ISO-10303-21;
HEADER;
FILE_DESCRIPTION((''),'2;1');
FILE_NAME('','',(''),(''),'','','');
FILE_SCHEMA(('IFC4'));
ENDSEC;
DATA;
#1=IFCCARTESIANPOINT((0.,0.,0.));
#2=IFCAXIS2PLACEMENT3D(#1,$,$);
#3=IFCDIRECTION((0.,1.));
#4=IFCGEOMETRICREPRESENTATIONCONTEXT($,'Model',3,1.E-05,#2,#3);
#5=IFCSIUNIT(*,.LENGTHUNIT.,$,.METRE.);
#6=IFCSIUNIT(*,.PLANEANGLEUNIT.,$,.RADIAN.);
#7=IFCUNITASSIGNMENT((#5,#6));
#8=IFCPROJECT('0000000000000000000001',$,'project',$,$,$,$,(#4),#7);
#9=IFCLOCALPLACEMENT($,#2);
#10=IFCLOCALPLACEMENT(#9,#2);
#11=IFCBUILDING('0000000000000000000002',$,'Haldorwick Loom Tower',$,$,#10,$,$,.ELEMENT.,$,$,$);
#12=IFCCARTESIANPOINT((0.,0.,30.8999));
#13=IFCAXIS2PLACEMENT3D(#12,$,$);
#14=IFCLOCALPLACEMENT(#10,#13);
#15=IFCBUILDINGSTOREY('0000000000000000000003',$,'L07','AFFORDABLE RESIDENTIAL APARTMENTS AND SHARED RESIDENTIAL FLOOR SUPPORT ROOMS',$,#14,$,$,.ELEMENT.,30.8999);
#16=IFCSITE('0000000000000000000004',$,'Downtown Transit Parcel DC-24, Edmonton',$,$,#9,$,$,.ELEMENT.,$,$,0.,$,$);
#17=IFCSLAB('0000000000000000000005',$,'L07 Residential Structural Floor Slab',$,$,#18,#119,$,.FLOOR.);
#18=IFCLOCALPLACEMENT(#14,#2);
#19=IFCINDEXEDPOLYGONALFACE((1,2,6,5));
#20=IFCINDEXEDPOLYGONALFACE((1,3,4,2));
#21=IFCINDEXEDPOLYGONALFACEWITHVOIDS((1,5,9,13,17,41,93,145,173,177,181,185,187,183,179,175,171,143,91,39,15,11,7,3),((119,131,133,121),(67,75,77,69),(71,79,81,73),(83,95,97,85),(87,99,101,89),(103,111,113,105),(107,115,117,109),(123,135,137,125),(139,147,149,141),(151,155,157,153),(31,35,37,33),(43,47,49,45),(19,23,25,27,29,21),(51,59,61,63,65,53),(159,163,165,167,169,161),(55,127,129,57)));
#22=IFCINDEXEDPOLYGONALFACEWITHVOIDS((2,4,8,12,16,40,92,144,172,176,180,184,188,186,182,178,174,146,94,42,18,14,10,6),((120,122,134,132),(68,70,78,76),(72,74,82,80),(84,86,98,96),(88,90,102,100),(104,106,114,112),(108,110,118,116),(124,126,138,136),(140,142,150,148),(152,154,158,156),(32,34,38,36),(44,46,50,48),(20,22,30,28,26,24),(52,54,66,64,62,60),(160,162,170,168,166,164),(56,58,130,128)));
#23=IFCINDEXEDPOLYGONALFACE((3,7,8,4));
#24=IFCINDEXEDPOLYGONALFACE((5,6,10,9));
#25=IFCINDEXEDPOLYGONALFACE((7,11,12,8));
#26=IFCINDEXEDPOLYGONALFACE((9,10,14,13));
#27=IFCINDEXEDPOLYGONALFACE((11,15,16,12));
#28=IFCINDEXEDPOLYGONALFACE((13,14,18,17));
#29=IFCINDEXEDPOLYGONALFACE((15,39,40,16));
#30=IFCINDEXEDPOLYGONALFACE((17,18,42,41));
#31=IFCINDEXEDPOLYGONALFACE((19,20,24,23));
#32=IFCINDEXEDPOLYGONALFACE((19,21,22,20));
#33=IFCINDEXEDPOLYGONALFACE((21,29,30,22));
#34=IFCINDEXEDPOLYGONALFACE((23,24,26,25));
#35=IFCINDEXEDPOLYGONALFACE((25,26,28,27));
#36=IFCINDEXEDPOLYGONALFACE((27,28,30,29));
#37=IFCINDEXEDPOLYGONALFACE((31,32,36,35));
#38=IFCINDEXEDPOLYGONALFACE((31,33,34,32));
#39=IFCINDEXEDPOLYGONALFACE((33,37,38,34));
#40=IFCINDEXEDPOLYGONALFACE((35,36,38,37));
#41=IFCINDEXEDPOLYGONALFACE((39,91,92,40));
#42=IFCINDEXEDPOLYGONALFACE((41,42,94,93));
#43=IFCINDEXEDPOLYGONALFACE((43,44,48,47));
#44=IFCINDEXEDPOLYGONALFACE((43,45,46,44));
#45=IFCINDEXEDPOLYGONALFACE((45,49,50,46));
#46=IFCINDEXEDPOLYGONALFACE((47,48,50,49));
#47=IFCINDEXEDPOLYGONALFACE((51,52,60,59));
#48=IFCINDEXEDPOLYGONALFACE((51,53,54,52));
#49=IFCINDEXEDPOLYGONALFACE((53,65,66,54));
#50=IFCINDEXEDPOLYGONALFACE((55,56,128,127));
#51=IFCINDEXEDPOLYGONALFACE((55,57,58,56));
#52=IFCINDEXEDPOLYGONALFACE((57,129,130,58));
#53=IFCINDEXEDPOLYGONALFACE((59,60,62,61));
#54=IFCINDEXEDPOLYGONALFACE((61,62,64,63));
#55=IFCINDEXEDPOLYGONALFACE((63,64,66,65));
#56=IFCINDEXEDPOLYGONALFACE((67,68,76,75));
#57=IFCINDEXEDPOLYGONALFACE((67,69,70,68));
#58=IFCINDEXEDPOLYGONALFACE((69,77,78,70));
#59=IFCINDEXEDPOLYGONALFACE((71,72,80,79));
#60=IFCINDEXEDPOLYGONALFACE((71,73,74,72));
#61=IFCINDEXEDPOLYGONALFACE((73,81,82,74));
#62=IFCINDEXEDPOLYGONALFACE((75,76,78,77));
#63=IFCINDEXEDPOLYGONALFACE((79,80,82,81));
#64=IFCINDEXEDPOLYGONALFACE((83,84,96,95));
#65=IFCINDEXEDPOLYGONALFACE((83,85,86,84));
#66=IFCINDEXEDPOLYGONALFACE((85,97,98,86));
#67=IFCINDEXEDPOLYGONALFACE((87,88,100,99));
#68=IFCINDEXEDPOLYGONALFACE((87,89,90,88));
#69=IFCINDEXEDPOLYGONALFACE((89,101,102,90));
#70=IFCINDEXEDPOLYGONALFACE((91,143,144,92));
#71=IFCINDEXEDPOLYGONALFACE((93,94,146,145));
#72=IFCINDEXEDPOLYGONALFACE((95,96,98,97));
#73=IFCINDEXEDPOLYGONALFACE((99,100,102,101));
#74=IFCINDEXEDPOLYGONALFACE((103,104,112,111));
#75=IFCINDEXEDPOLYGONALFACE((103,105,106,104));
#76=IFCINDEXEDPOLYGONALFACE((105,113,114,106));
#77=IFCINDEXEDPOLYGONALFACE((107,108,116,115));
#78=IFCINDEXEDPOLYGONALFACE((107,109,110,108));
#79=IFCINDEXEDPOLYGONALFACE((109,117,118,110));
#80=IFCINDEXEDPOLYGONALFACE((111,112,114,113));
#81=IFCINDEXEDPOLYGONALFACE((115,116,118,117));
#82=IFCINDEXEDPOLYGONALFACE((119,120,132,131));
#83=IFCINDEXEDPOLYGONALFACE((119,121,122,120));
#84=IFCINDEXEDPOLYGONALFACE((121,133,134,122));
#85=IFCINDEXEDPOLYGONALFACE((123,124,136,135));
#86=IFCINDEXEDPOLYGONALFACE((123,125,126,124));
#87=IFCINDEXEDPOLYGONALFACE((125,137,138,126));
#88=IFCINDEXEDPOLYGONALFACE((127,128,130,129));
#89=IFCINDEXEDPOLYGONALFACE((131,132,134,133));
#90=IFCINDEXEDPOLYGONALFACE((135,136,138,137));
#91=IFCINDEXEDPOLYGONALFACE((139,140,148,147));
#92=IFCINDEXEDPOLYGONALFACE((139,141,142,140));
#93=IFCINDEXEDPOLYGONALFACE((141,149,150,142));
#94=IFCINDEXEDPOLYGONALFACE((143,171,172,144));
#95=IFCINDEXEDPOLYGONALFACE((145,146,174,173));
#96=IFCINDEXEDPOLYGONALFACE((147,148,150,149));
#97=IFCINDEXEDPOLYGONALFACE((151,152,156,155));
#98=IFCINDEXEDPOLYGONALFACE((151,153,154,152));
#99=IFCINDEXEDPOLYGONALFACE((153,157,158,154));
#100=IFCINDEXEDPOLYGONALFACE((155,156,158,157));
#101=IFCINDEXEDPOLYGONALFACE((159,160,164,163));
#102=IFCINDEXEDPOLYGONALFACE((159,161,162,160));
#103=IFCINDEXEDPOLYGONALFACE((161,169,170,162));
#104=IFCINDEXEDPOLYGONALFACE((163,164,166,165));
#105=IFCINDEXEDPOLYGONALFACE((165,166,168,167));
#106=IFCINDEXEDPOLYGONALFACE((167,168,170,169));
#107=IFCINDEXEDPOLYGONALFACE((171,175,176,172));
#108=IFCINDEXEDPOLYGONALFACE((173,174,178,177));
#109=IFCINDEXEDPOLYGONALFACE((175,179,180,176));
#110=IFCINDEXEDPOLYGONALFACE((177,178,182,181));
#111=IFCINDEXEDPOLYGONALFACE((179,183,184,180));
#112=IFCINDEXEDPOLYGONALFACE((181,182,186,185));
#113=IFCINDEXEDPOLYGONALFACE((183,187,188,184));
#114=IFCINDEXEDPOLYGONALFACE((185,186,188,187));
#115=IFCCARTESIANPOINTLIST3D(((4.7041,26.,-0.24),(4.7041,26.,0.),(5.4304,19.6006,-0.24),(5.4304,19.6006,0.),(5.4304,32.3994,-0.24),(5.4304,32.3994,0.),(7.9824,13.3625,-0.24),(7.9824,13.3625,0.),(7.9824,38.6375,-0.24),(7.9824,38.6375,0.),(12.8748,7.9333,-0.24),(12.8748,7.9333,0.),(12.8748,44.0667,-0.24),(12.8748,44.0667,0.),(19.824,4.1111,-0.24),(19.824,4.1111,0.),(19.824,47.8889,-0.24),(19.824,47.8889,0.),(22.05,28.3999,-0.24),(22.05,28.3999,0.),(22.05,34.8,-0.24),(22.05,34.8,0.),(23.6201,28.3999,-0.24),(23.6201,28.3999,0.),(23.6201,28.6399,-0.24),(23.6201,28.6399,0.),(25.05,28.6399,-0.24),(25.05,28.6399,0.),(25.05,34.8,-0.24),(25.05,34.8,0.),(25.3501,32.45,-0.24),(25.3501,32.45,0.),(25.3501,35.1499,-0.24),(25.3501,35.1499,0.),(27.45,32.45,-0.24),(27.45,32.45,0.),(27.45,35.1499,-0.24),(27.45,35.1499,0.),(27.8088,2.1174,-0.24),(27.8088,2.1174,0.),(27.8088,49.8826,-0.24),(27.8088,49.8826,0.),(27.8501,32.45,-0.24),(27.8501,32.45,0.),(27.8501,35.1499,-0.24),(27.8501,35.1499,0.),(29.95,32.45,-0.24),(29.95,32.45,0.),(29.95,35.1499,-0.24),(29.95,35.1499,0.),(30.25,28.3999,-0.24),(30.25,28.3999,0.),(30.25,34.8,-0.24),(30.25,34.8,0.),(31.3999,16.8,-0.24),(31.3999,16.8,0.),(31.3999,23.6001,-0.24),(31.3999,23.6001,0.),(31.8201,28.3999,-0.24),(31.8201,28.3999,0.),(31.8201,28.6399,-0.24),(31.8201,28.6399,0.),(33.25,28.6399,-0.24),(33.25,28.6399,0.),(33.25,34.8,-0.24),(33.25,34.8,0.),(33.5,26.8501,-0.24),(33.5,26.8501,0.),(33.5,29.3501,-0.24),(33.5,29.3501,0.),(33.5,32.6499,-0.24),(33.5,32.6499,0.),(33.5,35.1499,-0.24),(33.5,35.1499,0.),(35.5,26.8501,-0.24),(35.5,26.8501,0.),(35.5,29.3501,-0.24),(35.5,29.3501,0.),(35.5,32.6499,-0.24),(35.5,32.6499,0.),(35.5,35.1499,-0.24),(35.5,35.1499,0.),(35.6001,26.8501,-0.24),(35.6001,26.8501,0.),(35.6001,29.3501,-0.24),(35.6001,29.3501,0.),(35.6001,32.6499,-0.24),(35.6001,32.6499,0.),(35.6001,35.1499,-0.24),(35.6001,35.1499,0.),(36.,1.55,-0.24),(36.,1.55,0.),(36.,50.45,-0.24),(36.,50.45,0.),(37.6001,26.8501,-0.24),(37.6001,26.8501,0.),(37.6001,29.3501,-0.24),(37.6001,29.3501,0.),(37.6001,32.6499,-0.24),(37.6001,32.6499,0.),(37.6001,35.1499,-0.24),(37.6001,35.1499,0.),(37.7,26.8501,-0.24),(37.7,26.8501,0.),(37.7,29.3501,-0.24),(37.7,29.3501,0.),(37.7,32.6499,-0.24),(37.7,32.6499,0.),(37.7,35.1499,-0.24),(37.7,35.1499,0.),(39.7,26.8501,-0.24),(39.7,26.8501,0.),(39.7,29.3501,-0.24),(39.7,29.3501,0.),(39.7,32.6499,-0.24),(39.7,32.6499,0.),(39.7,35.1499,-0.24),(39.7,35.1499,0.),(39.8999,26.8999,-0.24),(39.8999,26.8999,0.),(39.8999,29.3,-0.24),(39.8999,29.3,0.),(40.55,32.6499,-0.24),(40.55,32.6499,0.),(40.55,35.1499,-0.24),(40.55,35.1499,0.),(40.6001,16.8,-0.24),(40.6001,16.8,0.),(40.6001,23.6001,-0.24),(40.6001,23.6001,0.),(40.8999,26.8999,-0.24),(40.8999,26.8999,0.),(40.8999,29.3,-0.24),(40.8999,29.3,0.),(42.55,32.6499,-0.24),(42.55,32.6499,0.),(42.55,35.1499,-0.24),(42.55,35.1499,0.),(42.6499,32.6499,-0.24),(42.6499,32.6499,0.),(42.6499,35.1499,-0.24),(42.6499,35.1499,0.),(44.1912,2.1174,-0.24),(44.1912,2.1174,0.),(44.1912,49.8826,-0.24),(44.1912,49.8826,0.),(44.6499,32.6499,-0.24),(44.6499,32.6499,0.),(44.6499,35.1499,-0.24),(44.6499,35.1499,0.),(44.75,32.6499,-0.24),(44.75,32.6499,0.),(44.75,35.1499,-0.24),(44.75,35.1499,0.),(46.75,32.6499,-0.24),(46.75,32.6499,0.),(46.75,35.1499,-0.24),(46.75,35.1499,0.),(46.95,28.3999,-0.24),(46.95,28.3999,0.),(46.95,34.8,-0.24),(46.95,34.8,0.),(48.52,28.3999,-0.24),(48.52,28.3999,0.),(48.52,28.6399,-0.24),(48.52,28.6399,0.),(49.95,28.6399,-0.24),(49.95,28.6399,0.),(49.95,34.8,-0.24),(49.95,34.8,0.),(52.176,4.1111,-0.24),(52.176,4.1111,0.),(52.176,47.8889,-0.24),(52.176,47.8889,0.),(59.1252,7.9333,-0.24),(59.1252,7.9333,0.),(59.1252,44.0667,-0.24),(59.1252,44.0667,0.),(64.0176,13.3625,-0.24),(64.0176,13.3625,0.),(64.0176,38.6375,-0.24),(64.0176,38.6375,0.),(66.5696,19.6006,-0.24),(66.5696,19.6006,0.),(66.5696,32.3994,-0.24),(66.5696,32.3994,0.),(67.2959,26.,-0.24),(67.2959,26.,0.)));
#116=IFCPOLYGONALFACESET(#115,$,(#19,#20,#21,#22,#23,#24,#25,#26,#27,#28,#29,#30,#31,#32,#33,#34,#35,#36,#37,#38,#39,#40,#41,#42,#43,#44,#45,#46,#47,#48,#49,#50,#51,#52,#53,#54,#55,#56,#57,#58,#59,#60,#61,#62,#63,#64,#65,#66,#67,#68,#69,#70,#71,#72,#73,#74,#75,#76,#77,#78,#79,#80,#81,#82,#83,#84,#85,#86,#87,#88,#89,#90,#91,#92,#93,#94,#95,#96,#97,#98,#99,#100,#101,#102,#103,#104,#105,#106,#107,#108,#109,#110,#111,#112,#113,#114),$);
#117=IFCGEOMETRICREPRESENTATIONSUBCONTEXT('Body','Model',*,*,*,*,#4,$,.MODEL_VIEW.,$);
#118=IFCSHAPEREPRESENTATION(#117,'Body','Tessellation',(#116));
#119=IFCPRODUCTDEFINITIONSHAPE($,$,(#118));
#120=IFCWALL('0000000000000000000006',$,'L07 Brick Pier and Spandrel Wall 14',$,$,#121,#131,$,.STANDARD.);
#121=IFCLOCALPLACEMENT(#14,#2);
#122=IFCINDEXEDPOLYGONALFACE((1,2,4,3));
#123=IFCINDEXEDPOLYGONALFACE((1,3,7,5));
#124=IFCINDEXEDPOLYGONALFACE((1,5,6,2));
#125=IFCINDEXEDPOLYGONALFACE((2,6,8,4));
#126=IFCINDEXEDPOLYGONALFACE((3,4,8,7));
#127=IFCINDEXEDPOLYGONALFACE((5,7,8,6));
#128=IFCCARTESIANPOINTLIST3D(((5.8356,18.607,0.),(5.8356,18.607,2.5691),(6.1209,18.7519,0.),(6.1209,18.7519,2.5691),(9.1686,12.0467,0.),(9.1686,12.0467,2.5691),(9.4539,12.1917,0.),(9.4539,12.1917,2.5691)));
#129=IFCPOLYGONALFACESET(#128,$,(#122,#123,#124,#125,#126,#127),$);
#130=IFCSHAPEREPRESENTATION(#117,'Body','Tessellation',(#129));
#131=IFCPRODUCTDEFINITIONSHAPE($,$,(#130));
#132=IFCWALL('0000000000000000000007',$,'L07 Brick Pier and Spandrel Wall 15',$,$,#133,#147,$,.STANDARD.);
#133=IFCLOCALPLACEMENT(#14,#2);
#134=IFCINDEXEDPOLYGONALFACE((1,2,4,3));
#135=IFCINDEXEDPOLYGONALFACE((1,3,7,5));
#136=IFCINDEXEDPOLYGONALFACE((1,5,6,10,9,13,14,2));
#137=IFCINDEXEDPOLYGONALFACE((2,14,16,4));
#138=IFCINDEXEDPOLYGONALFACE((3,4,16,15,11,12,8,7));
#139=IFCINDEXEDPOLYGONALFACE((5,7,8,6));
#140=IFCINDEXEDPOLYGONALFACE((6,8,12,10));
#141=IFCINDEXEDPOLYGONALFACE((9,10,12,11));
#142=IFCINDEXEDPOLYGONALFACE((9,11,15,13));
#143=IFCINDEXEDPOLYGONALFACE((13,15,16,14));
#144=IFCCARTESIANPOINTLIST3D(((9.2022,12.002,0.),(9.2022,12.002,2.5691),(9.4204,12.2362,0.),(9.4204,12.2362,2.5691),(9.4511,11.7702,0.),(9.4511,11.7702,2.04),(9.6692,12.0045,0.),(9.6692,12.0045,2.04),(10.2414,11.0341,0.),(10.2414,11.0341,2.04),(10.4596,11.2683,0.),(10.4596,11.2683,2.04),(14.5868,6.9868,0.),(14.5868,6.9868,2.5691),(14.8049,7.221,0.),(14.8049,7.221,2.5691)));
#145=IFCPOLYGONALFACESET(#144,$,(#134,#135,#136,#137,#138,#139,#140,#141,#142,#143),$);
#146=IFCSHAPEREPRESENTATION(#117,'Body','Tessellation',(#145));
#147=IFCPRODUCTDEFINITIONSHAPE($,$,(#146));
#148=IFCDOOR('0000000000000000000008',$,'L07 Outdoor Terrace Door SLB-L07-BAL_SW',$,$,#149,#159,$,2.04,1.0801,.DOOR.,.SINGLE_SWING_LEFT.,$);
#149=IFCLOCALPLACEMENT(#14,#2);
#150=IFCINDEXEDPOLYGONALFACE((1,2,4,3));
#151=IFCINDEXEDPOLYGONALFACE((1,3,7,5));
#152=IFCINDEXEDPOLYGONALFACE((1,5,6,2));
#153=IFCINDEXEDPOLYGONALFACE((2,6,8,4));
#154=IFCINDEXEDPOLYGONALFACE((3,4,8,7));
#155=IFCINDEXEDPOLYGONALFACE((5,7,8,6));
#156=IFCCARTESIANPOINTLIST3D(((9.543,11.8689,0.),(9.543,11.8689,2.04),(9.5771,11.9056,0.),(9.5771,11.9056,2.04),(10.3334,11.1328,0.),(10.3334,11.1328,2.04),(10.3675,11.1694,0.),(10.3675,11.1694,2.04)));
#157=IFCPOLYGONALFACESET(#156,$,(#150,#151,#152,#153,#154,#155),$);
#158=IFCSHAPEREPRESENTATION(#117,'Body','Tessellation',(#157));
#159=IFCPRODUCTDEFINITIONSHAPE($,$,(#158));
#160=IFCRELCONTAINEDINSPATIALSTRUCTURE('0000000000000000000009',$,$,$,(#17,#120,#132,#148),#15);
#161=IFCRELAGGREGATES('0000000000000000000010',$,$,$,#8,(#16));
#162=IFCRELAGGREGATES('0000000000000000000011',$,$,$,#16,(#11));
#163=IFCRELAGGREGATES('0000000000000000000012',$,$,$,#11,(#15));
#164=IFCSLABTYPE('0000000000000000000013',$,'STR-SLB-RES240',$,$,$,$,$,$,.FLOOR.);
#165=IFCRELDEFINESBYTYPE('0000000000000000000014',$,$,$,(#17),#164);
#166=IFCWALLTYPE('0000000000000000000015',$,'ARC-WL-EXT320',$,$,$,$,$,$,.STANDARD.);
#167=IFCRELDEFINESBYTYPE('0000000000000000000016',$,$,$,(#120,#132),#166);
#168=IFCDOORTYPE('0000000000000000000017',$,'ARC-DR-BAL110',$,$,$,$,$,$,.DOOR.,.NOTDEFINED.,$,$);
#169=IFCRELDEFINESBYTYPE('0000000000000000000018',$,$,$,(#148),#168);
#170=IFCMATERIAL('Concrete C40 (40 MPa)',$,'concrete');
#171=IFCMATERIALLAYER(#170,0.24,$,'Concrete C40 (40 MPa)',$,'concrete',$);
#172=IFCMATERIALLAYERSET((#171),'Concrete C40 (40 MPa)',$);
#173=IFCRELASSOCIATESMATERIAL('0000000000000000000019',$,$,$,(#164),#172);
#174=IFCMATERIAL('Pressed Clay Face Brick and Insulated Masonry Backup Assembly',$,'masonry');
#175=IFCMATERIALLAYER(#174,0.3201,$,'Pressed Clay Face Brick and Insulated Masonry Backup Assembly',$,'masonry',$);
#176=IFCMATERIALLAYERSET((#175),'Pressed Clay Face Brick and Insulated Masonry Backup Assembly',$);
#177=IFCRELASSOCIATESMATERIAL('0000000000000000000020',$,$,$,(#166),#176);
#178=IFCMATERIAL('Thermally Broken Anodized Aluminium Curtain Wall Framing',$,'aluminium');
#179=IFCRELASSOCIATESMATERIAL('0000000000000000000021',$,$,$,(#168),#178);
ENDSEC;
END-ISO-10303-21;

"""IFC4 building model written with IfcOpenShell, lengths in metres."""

from ifc_helpers import new_model, si_unit, direction, frame, frame_2d, origin, place, context, subcontext, project, spatial, polyline, rectangle, outline, extrude, material, layer, layer_set, type_object, element, fill, save


model = new_model("IFC4")

# Units and contexts
model_context = context("Model", 3, precision=1e-05, world=origin(), true_north=direction((0.0, 1.0)))
body_context = subcontext(model_context, "Body", "Model", "MODEL_VIEW")
ifc_project = project(units=[si_unit("LENGTHUNIT", "METRE"), si_unit("PLANEANGLEUNIT", "RADIAN")], contexts=[model_context])

# Site, building, storey
site_placement = place(None, origin())
site = spatial("IfcSite", under=ifc_project, at=site_placement, Name="Downtown Transit Parcel DC-24, Edmonton", CompositionType="ELEMENT", RefElevation=0.0)
building_placement = place(site_placement, origin())
building = spatial("IfcBuilding", under=site, at=building_placement, Name="Haldorwick Loom Tower", CompositionType="ELEMENT")
storey_placement = place(building_placement, frame((0.0, 0.0, 30.8999)))
storey = spatial("IfcBuildingStorey", under=building, at=storey_placement, Name="L07", Description="AFFORDABLE RESIDENTIAL APARTMENTS AND SHARED RESIDENTIAL FLOOR SUPPORT ROOMS", CompositionType="ELEMENT", Elevation=30.8999)

# Shared definitions
ifc_material_1 = material(Name="Concrete C40 (40 MPa)", Category="concrete")

# Slab
ifc_layer_1 = layer(ifc_material_1, 0.24, Name="Concrete C40 (40 MPa)", Category="concrete")
ifc_layer_set_1 = layer_set([ifc_layer_1], Name="Concrete C40 (40 MPa)")
slab_type_1 = type_object("IfcSlabType", Name="STR-SLB-RES240", PredefinedType="FLOOR", material=ifc_layer_set_1)
slab_1_placement = place(storey_placement, frame((0.0, 0.0, -0.24)))
element("IfcSlab", 1, at=slab_1_placement, inside=storey, type_object=slab_type_1, Name="L07 Residential Structural Floor Slab", PredefinedType="FLOOR", context=body_context, shape_type="SweptSolid", body=[
    extrude(outline(polyline([(59.1252, 7.9333), (64.0176, 13.3625), (66.5696, 19.6006), (67.2959, 26.0), (66.5696, 32.3994), (64.0176, 38.6375), (59.1252, 44.0667), (52.176, 47.8889), (44.1912, 49.8826), (36.0, 50.45), (27.8088, 49.8826), (19.824, 47.8889), (12.8748, 44.0667), (7.9824, 38.6375), (5.4304, 32.3994), (4.7041, 26.0), (5.4304, 19.6006), (7.9824, 13.3625), (12.8748, 7.9333), (19.824, 4.1111), (27.8088, 2.1174), (36.0, 1.55), (44.1912, 2.1174), (52.176, 4.1111), (59.1252, 7.9333)]), holes=[polyline([(31.3999, 23.6001), (40.6001, 23.6001), (40.6001, 16.8), (31.3999, 16.8), (31.3999, 23.6001)]), polyline([(33.5, 26.8501), (33.5, 29.3501), (35.5, 29.3501), (35.5, 26.8501), (33.5, 26.8501)]), polyline([(22.05, 28.3999), (22.05, 34.8), (25.05, 34.8), (25.05, 28.6399), (23.6201, 28.6399), (23.6201, 28.3999), (22.05, 28.3999)]), polyline([(30.25, 28.3999), (30.25, 34.8), (33.25, 34.8), (33.25, 28.6399), (31.8201, 28.6399), (31.8201, 28.3999), (30.25, 28.3999)]), polyline([(25.3501, 32.45), (25.3501, 35.1499), (27.45, 35.1499), (27.45, 32.45), (25.3501, 32.45)]), polyline([(27.8501, 32.45), (27.8501, 35.1499), (29.95, 35.1499), (29.95, 32.45), (27.8501, 32.45)]), polyline([(33.5, 32.6499), (33.5, 35.1499), (35.5, 35.1499), (35.5, 32.6499), (33.5, 32.6499)]), polyline([(35.6001, 32.6499), (35.6001, 35.1499), (37.6001, 35.1499), (37.6001, 32.6499), (35.6001, 32.6499)]), polyline([(35.6001, 26.8501), (35.6001, 29.3501), (37.6001, 29.3501), (37.6001, 26.8501), (35.6001, 26.8501)]), polyline([(37.7, 26.8501), (37.7, 29.3501), (39.7, 29.3501), (39.7, 26.8501), (37.7, 26.8501)]), polyline([(39.8999, 26.8999), (39.8999, 29.3), (40.8999, 29.3), (40.8999, 26.8999), (39.8999, 26.8999)]), polyline([(46.95, 28.3999), (46.95, 34.8), (49.95, 34.8), (49.95, 28.6399), (48.52, 28.6399), (48.52, 28.3999), (46.95, 28.3999)]), polyline([(37.7, 32.6499), (37.7, 35.1499), (39.7, 35.1499), (39.7, 32.6499), (37.7, 32.6499)]), polyline([(40.55, 32.6499), (40.55, 35.1499), (42.55, 35.1499), (42.55, 32.6499), (40.55, 32.6499)]), polyline([(42.6499, 32.6499), (42.6499, 35.1499), (44.6499, 35.1499), (44.6499, 32.6499), (42.6499, 32.6499)]), polyline([(44.75, 32.6499), (44.75, 35.1499), (46.75, 35.1499), (46.75, 32.6499), (44.75, 32.6499)])]), origin(), (0.0, 0.0, 1.0), 0.24),
])

# Wall
ifc_material_2 = material(Name="Pressed Clay Face Brick and Insulated Masonry Backup Assembly", Category="masonry")
ifc_layer_2 = layer(ifc_material_2, 0.3201, Name="Pressed Clay Face Brick and Insulated Masonry Backup Assembly", Category="masonry")
ifc_layer_set_2 = layer_set([ifc_layer_2], Name="Pressed Clay Face Brick and Insulated Masonry Backup Assembly")
wall_type_1 = type_object("IfcWallType", Name="ARC-WL-EXT320", PredefinedType="STANDARD", material=ifc_layer_set_2)
wall_1_placement = place(storey_placement, frame((5.9783, 18.6794, 0.0), z_axis=(0.0, 0.0, 1.0), x_axis=(0.452951, -0.891535, 0.0)))
element("IfcWall", 2, at=wall_1_placement, inside=storey, type_object=wall_type_1, Name="L07 Brick Pier and Spandrel Wall 14", PredefinedType="STANDARD", context=body_context, shape_type="SweptSolid", body=[
    extrude(rectangle(XDim=7.3584, YDim=0.3201, at=frame_2d((3.6792, 0.0))), origin(), (0.0, 0.0, 1.0), 2.5691),
])

# Wall, opening, door
wall_2_placement = place(storey_placement, frame((9.3113, 12.1191, 0.0), z_axis=(0.0, 0.0, 1.0), x_axis=(0.731761, -0.681561, 0.0)))
wall_2 = element("IfcWall", 3, at=wall_2_placement, inside=storey, type_object=wall_type_1, Name="L07 Brick Pier and Spandrel Wall 15", PredefinedType="STANDARD", context=body_context, shape_type="SweptSolid", body=[
    extrude(rectangle(XDim=7.3584, YDim=0.3201, at=frame_2d((3.6792, 0.0))), origin(), (0.0, 0.0, 1.0), 2.5691),
])
opening_1_placement = place(wall_2_placement, frame((0.3401, 0.0, 0.0)))
opening_1 = element("IfcOpeningElement", 4, at=opening_1_placement, cuts=wall_2, PredefinedType="OPENING", context=body_context, shape_type="SweptSolid", body=[
    extrude(rectangle(XDim=1.0801, YDim=2.04, at=frame_2d((0.54, 1.02))), frame((0.0, 0.1699, 0.0), z_axis=(0.0, -1.0, 0.0), x_axis=(1.0, 0.0, 0.0)), (0.0, 0.0, 1.0), 0.3401),
])
ifc_material_3 = material(Name="Thermally Broken Anodized Aluminium Curtain Wall Framing", Category="aluminium")
door_type_1 = type_object("IfcDoorType", Name="ARC-DR-BAL110", OperationType="NOTDEFINED", PredefinedType="DOOR", material=ifc_material_3)
door_1_placement = place(opening_1_placement, origin())
door_1 = element("IfcDoor", 5, at=door_1_placement, inside=storey, type_object=door_type_1, Name="L07 Outdoor Terrace Door SLB-L07-BAL_SW", OperationType="SINGLE_SWING_LEFT", OverallHeight=2.04, OverallWidth=1.0801, PredefinedType="DOOR", context=body_context, shape_type="SweptSolid", body=[
    extrude(rectangle(XDim=1.0801, YDim=2.04, at=frame_2d((0.54, 1.02))), frame((0.0, 0.0249, 0.0), z_axis=(0.0, -1.0, 0.0), x_axis=(1.0, 0.0, 0.0)), (0.0, 0.0, 1.0), 0.05),
])
fill(opening_1, door_1)

save(model, "model.ifc")
